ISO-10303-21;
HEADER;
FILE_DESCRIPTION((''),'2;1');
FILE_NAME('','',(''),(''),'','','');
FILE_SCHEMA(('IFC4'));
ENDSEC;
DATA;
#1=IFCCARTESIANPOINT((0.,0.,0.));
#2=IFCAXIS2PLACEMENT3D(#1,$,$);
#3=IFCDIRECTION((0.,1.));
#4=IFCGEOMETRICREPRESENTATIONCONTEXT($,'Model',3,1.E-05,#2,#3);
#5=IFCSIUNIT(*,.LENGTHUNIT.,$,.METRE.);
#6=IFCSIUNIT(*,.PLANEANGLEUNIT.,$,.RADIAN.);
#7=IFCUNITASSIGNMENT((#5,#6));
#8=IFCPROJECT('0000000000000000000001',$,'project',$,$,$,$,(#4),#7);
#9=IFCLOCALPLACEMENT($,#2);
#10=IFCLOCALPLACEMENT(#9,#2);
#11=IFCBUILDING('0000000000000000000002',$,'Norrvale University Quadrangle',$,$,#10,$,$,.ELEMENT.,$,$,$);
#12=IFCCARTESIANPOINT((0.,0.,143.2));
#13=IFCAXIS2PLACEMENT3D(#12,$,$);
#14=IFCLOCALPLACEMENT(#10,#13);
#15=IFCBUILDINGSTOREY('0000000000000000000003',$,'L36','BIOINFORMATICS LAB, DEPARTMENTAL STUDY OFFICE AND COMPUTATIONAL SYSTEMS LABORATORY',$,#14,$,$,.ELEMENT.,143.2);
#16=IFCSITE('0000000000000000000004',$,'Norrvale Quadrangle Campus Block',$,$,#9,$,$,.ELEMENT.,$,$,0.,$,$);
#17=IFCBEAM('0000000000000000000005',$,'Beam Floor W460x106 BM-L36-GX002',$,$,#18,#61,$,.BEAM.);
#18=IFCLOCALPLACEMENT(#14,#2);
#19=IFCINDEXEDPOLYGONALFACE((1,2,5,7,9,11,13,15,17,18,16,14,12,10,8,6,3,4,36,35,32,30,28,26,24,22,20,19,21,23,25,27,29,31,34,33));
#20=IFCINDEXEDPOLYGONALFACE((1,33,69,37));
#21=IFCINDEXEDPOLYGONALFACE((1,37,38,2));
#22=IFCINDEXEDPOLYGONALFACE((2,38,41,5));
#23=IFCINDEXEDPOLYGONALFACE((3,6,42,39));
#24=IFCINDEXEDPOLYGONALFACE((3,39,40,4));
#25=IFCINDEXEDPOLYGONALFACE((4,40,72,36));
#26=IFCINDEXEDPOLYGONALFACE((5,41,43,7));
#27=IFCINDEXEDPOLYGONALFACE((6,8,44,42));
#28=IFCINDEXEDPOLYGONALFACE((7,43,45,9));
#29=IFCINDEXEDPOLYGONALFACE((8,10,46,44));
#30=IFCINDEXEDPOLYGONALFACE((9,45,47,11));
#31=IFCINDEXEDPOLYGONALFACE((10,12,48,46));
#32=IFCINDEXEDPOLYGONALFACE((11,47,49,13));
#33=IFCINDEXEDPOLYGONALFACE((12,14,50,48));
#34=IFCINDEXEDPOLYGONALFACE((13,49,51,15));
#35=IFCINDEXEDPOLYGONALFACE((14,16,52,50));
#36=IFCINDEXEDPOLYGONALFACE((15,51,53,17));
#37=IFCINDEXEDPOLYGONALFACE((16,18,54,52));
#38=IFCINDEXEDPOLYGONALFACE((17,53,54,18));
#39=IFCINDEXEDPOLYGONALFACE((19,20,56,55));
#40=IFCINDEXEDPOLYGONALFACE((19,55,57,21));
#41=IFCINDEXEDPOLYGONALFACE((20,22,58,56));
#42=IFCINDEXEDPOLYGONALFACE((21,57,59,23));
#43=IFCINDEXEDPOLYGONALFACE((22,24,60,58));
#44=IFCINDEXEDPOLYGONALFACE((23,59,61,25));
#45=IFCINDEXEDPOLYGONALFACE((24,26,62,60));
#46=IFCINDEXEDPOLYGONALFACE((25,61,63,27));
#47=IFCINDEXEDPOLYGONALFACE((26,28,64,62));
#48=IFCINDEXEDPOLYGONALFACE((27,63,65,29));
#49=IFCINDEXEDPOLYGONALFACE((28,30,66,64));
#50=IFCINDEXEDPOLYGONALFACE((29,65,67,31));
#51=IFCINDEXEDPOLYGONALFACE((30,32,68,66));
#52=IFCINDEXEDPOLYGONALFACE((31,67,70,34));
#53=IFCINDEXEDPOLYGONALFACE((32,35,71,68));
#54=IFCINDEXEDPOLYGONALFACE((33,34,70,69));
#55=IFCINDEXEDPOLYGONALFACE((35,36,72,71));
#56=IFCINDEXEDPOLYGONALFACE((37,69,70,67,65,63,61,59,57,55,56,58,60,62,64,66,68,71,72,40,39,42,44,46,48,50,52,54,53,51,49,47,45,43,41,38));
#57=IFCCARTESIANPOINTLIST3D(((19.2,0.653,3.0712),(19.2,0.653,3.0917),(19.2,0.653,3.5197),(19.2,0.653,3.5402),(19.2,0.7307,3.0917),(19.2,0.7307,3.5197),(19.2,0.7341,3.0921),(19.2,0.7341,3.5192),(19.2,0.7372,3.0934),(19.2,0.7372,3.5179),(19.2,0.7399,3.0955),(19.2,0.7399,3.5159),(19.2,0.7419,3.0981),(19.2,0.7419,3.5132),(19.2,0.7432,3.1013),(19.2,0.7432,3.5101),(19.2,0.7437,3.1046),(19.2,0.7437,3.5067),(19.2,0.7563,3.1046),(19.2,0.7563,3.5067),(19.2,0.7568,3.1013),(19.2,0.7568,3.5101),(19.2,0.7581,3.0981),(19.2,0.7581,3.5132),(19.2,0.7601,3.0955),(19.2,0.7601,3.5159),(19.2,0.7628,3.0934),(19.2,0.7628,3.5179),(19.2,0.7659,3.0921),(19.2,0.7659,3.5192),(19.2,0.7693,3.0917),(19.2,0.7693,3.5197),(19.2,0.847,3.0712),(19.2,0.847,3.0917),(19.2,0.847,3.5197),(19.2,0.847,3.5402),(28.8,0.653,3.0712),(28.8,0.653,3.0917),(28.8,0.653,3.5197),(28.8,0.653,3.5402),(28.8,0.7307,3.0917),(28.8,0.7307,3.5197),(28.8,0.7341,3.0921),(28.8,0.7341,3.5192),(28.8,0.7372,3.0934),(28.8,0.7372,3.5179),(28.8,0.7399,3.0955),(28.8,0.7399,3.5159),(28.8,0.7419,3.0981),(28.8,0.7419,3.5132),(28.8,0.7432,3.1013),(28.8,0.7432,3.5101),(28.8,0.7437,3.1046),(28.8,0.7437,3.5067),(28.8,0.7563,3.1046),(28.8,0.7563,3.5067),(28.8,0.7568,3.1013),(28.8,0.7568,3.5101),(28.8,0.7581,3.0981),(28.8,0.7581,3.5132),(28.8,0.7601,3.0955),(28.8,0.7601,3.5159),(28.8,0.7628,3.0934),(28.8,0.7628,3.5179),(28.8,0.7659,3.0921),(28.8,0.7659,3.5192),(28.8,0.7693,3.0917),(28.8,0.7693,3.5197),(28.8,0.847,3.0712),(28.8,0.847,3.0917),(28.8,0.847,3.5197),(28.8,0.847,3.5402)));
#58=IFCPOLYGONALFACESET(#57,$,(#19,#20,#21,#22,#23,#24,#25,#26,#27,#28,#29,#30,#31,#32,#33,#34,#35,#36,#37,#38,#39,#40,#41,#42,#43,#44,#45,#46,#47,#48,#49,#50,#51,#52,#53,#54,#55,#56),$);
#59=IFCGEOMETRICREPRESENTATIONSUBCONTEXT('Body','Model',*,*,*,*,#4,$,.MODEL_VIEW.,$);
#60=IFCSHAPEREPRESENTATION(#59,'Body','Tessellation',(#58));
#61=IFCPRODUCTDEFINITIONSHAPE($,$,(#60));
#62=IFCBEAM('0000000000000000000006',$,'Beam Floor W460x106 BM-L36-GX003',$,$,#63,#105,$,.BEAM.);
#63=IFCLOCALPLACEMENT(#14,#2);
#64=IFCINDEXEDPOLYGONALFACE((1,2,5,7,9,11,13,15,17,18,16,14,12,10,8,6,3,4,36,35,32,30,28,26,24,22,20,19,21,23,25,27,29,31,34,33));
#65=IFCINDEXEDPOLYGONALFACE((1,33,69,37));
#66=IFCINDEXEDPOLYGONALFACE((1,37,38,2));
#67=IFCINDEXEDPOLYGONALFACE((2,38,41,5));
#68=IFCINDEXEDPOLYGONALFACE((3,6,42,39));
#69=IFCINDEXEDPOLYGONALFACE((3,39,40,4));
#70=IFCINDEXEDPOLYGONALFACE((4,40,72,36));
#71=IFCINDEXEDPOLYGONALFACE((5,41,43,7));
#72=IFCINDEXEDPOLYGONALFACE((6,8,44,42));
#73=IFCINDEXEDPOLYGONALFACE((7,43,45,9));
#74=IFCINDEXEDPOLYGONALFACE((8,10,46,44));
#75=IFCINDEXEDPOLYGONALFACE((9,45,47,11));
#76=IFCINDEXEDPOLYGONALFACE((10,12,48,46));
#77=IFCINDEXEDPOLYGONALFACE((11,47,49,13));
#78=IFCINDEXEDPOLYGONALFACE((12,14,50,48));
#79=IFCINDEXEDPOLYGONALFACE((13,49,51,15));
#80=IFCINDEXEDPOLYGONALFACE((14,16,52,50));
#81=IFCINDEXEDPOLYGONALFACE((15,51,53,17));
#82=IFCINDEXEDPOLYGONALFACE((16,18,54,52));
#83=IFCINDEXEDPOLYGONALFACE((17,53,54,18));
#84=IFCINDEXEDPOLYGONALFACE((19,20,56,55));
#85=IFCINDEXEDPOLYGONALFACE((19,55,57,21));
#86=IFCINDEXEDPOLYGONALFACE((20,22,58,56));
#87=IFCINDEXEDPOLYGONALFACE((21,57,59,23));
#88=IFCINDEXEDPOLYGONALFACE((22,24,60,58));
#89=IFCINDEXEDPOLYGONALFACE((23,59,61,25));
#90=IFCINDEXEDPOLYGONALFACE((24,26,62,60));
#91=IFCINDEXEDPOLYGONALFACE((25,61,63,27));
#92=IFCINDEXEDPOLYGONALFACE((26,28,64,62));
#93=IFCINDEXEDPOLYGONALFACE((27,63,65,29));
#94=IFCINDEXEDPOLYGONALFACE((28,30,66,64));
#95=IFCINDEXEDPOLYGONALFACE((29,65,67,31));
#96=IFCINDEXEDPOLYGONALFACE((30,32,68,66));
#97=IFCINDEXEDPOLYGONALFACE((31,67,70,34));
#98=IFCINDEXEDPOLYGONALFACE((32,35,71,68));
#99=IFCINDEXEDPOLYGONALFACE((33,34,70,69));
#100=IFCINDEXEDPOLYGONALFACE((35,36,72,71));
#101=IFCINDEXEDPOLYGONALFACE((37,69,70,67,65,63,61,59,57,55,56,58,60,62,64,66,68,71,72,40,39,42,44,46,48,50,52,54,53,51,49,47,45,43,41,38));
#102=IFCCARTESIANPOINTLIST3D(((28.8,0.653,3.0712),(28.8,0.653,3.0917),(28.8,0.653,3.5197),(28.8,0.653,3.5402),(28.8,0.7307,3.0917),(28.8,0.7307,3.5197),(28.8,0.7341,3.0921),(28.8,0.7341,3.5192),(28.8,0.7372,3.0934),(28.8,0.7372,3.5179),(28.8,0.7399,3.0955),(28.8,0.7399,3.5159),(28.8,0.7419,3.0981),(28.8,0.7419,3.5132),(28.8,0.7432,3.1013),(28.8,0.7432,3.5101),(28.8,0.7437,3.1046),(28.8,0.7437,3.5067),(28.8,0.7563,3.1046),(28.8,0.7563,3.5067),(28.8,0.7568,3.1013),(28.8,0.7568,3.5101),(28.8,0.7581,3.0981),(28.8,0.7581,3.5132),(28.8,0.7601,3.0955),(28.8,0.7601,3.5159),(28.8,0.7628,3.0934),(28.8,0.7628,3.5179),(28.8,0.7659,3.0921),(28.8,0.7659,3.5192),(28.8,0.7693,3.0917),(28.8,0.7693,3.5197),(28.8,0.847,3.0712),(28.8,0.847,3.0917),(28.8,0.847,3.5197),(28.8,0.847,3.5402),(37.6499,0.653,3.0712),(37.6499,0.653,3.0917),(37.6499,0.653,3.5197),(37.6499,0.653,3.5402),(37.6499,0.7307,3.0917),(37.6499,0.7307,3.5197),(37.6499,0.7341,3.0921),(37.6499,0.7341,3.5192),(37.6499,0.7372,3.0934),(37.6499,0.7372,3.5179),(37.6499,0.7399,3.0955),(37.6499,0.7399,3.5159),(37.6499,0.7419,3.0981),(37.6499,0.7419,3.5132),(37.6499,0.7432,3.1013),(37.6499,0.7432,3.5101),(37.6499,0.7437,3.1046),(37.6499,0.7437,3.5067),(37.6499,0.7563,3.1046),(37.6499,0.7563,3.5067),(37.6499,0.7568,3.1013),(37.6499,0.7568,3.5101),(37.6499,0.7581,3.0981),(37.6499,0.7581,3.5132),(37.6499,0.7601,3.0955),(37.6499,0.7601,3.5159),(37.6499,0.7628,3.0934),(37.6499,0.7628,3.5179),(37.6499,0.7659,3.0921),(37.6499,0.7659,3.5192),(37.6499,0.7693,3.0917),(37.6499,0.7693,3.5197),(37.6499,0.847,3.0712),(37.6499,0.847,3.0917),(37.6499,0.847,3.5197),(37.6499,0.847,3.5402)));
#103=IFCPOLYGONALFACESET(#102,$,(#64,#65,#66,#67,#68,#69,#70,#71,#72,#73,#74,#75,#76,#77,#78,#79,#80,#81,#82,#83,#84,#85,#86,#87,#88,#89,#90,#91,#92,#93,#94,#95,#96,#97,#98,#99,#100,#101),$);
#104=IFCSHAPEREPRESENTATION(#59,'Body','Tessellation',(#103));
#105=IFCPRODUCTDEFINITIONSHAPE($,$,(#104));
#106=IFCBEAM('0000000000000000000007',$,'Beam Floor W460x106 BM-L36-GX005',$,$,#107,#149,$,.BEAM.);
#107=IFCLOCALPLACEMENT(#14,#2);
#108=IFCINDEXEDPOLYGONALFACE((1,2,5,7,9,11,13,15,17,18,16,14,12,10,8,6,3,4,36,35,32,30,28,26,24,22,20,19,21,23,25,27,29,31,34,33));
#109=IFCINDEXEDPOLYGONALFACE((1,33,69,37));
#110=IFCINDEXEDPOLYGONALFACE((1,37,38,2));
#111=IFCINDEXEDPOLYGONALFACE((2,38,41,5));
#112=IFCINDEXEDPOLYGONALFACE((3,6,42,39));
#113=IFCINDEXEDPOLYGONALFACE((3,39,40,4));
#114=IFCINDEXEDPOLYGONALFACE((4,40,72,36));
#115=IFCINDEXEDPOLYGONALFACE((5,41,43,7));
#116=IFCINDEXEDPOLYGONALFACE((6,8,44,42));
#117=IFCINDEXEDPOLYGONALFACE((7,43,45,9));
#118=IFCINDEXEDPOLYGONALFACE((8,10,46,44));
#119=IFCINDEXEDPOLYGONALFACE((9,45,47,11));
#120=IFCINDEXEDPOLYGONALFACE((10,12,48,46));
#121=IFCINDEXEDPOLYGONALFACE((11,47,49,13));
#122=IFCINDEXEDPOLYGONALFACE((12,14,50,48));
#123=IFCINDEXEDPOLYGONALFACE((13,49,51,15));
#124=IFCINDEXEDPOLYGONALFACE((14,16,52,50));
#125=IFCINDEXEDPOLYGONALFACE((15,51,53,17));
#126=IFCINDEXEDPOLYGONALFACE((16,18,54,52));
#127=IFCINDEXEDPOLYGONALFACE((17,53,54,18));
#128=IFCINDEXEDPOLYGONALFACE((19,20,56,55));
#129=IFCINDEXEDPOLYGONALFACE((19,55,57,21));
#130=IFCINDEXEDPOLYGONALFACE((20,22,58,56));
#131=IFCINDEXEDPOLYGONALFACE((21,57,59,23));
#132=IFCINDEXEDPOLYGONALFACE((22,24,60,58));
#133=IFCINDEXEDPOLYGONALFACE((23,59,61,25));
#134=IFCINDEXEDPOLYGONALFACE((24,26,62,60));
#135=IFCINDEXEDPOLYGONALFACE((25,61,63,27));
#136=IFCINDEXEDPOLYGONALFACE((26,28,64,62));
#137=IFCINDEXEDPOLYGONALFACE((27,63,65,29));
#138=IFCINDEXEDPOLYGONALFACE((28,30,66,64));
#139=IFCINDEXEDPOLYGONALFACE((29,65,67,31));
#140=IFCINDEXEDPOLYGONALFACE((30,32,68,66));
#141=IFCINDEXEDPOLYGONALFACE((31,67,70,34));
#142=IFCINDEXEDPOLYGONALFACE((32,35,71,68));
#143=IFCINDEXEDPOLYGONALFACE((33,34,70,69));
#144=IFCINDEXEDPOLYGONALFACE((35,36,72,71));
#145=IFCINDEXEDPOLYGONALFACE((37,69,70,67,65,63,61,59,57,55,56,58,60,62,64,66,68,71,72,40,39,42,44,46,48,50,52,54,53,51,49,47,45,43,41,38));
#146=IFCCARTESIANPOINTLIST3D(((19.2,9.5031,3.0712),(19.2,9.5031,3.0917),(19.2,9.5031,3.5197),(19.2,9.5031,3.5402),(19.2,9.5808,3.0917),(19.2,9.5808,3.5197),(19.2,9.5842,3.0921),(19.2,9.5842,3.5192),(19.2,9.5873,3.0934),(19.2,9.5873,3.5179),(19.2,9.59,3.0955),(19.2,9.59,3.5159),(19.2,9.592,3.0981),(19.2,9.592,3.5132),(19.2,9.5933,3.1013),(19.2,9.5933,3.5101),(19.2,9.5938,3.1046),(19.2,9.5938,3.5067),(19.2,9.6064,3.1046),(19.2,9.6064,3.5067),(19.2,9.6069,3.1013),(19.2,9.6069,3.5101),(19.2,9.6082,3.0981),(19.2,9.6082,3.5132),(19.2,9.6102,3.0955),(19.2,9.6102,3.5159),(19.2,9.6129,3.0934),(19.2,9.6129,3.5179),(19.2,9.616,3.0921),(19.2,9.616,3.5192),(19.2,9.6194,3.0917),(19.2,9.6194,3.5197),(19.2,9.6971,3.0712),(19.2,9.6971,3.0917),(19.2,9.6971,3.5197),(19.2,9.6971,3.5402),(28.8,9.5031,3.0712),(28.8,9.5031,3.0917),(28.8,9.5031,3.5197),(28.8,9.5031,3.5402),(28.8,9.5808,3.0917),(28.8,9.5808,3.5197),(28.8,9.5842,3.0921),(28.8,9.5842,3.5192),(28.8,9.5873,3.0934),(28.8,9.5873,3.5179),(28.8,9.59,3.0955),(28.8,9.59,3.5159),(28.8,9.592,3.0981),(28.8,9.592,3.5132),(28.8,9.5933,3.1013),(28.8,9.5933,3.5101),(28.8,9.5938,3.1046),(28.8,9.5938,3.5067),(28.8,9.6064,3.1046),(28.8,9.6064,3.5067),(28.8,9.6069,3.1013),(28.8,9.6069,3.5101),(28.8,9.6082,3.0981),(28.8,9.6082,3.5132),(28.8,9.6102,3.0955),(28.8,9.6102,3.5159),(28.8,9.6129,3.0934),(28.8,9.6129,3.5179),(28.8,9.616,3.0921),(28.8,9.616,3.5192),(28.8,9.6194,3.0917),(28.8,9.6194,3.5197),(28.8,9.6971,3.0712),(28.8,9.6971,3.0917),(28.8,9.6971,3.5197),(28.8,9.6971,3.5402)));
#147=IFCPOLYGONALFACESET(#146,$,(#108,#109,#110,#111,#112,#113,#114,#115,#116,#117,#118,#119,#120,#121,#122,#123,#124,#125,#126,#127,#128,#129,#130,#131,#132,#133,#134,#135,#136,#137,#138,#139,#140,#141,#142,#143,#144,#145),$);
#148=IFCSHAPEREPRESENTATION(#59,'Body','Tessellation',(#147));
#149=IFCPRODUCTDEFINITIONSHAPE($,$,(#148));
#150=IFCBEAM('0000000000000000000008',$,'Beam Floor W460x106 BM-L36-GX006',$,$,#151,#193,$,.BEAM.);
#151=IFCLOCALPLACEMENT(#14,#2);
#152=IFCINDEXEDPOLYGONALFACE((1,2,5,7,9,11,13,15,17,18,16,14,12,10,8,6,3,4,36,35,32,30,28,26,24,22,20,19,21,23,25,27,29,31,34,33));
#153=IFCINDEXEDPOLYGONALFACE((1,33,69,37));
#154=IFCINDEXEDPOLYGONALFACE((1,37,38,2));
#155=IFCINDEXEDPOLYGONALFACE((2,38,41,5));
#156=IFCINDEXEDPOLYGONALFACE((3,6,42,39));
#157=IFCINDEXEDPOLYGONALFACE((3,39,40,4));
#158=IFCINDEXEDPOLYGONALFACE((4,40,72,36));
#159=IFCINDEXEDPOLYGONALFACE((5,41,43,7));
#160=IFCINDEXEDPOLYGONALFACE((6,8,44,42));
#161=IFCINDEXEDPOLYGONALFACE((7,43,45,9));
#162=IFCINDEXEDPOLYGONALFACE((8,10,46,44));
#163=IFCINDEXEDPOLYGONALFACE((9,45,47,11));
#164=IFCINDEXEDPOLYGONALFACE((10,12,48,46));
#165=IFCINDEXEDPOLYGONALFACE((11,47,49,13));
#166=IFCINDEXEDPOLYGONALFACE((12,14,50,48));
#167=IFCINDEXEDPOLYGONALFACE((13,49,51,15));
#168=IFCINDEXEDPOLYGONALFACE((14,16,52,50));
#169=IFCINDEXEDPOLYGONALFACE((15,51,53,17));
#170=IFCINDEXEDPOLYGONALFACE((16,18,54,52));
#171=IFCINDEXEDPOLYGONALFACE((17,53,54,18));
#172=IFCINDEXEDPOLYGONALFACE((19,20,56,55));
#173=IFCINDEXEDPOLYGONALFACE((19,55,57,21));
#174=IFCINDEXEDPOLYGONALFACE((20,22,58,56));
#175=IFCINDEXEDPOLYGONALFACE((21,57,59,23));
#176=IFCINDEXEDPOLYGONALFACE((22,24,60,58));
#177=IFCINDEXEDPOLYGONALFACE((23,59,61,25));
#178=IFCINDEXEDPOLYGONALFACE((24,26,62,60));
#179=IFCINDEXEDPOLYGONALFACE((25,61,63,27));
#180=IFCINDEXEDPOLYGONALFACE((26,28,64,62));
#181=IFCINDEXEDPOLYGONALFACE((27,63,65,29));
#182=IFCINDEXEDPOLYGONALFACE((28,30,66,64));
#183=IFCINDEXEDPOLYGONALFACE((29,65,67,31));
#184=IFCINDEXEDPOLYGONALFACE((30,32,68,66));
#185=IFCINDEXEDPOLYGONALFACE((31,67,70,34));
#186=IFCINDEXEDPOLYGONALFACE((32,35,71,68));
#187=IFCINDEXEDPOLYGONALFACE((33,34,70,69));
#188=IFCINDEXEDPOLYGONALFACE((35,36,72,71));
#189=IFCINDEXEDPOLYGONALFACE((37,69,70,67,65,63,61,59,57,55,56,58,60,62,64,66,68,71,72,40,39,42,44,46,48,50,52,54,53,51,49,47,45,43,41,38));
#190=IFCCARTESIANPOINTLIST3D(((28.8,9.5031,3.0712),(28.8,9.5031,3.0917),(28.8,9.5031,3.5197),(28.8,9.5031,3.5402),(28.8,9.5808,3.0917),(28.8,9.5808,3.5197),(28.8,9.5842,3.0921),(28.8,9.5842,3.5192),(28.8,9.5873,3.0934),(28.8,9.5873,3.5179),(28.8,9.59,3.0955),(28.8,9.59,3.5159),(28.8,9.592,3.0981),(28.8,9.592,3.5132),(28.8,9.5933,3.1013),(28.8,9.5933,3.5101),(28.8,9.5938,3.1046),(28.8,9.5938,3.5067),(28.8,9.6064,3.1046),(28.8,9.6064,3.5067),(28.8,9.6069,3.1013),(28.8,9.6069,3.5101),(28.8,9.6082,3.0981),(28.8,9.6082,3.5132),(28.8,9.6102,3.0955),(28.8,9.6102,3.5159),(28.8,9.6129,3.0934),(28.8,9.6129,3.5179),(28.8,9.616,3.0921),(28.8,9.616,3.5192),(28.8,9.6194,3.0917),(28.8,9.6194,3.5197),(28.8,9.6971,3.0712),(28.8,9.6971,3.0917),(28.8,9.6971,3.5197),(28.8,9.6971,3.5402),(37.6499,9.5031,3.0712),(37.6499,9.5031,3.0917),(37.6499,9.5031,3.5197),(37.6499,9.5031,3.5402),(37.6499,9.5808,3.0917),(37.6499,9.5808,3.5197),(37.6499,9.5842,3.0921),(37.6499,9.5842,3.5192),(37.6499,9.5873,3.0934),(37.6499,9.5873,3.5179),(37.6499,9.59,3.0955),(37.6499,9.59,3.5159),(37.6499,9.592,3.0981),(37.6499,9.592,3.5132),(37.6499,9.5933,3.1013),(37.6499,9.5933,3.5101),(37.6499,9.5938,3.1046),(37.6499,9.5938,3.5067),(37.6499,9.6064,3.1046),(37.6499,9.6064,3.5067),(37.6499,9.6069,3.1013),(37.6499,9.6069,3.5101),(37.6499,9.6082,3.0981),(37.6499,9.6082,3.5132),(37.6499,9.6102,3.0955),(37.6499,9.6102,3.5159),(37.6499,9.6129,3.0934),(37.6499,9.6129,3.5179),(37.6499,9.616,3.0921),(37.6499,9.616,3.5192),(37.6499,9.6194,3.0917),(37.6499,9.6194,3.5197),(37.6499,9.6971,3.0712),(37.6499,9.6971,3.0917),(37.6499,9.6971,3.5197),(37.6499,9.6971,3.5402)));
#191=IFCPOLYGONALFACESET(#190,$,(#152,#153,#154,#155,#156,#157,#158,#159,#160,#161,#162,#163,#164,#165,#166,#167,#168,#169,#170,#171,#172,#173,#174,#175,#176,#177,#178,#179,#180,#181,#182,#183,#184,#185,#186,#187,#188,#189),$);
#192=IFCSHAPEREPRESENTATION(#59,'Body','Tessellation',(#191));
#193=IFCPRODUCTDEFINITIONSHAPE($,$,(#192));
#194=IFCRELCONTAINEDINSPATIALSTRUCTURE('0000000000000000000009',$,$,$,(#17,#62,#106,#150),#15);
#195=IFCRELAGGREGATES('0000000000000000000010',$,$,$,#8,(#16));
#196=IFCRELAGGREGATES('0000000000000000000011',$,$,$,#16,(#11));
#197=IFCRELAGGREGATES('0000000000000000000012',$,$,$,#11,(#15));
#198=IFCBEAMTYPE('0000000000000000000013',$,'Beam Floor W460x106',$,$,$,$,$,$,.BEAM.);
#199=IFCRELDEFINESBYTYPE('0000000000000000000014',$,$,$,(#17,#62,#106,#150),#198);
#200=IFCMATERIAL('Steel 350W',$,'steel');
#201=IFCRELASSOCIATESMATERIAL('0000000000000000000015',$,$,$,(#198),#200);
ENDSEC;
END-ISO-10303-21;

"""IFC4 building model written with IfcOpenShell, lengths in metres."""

from ifc_helpers import new_model, si_unit, direction, frame, origin, origin_2d, place, context, subcontext, project, spatial, i_section, extrude, material, material_profile, profile_set, type_object, element, save


model = new_model("IFC4")

# Units and contexts
model_context = context("Model", 3, precision=1e-05, world=origin(), true_north=direction((0.0, 1.0)))
body_context = subcontext(model_context, "Body", "Model", "MODEL_VIEW")
ifc_project = project(units=[si_unit("LENGTHUNIT", "METRE"), si_unit("PLANEANGLEUNIT", "RADIAN")], contexts=[model_context])

# Site, building, storey
site_placement = place(None, origin())
site = spatial("IfcSite", under=ifc_project, at=site_placement, Name="Norrvale Quadrangle Campus Block", CompositionType="ELEMENT", RefElevation=0.0)
building_placement = place(site_placement, origin())
building = spatial("IfcBuilding", under=site, at=building_placement, Name="Norrvale University Quadrangle", CompositionType="ELEMENT")
storey_placement = place(building_placement, frame((0.0, 0.0, 143.2)))
storey = spatial("IfcBuildingStorey", under=building, at=storey_placement, Name="L36", Description="BIOINFORMATICS LAB, DEPARTMENTAL STUDY OFFICE AND COMPUTATIONAL SYSTEMS LABORATORY", CompositionType="ELEMENT", Elevation=143.2)

# Beams
ifc_material_1 = material(Name="Steel 350W", Category="steel")
ifc_material_profile_1 = material_profile(ifc_material_1, i_section(OverallWidth=0.1941, OverallDepth=0.469, WebThickness=0.0127, FlangeThickness=0.0205, FilletRadius=0.0129, at=origin_2d()), Name="Steel 350W")
ifc_profile_set_1 = profile_set([ifc_material_profile_1], Name="Steel 350W")
beam_type_1 = type_object("IfcBeamType", Name="Beam Floor W460x106", PredefinedType="BEAM", material=ifc_profile_set_1)
beam_1_placement = place(storey_placement, frame((19.2, 0.75, 3.3057), z_axis=(1.0, 0.0, 0.0), x_axis=(0.0, 1.0, 0.0)))
element("IfcBeam", 1, at=beam_1_placement, inside=storey, type_object=beam_type_1, Name="Beam Floor W460x106 BM-L36-GX002", PredefinedType="BEAM", context=body_context, shape_type="SweptSolid", body=[
    extrude(i_section(OverallWidth=0.1941, OverallDepth=0.469, WebThickness=0.0127, FlangeThickness=0.0205, FilletRadius=0.0129, at=origin_2d()), origin(), (0.0, 0.0, 1.0), 9.6001),
])
beam_2_placement = place(storey_placement, frame((28.8, 0.75, 3.3057), z_axis=(1.0, 0.0, 0.0), x_axis=(0.0, 1.0, 0.0)))
element("IfcBeam", 2, at=beam_2_placement, inside=storey, type_object=beam_type_1, Name="Beam Floor W460x106 BM-L36-GX003", PredefinedType="BEAM", context=body_context, shape_type="SweptSolid", body=[
    extrude(i_section(OverallWidth=0.1941, OverallDepth=0.469, WebThickness=0.0127, FlangeThickness=0.0205, FilletRadius=0.0129, at=origin_2d()), origin(), (0.0, 0.0, 1.0), 8.8499),
])
beam_3_placement = place(storey_placement, frame((19.2, 9.6001, 3.3057), z_axis=(1.0, 0.0, 0.0), x_axis=(0.0, 1.0, 0.0)))
element("IfcBeam", 3, at=beam_3_placement, inside=storey, type_object=beam_type_1, Name="Beam Floor W460x106 BM-L36-GX005", PredefinedType="BEAM", context=body_context, shape_type="SweptSolid", body=[
    extrude(i_section(OverallWidth=0.1941, OverallDepth=0.469, WebThickness=0.0127, FlangeThickness=0.0205, FilletRadius=0.0129, at=origin_2d()), origin(), (0.0, 0.0, 1.0), 9.6001),
])
beam_4_placement = place(storey_placement, frame((28.8, 9.6001, 3.3057), z_axis=(1.0, 0.0, 0.0), x_axis=(0.0, 1.0, 0.0)))
element("IfcBeam", 4, at=beam_4_placement, inside=storey, type_object=beam_type_1, Name="Beam Floor W460x106 BM-L36-GX006", PredefinedType="BEAM", context=body_context, shape_type="SweptSolid", body=[
    extrude(i_section(OverallWidth=0.1941, OverallDepth=0.469, WebThickness=0.0127, FlangeThickness=0.0205, FilletRadius=0.0129, at=origin_2d()), origin(), (0.0, 0.0, 1.0), 8.8499),
])

save(model, "model.ifc")
